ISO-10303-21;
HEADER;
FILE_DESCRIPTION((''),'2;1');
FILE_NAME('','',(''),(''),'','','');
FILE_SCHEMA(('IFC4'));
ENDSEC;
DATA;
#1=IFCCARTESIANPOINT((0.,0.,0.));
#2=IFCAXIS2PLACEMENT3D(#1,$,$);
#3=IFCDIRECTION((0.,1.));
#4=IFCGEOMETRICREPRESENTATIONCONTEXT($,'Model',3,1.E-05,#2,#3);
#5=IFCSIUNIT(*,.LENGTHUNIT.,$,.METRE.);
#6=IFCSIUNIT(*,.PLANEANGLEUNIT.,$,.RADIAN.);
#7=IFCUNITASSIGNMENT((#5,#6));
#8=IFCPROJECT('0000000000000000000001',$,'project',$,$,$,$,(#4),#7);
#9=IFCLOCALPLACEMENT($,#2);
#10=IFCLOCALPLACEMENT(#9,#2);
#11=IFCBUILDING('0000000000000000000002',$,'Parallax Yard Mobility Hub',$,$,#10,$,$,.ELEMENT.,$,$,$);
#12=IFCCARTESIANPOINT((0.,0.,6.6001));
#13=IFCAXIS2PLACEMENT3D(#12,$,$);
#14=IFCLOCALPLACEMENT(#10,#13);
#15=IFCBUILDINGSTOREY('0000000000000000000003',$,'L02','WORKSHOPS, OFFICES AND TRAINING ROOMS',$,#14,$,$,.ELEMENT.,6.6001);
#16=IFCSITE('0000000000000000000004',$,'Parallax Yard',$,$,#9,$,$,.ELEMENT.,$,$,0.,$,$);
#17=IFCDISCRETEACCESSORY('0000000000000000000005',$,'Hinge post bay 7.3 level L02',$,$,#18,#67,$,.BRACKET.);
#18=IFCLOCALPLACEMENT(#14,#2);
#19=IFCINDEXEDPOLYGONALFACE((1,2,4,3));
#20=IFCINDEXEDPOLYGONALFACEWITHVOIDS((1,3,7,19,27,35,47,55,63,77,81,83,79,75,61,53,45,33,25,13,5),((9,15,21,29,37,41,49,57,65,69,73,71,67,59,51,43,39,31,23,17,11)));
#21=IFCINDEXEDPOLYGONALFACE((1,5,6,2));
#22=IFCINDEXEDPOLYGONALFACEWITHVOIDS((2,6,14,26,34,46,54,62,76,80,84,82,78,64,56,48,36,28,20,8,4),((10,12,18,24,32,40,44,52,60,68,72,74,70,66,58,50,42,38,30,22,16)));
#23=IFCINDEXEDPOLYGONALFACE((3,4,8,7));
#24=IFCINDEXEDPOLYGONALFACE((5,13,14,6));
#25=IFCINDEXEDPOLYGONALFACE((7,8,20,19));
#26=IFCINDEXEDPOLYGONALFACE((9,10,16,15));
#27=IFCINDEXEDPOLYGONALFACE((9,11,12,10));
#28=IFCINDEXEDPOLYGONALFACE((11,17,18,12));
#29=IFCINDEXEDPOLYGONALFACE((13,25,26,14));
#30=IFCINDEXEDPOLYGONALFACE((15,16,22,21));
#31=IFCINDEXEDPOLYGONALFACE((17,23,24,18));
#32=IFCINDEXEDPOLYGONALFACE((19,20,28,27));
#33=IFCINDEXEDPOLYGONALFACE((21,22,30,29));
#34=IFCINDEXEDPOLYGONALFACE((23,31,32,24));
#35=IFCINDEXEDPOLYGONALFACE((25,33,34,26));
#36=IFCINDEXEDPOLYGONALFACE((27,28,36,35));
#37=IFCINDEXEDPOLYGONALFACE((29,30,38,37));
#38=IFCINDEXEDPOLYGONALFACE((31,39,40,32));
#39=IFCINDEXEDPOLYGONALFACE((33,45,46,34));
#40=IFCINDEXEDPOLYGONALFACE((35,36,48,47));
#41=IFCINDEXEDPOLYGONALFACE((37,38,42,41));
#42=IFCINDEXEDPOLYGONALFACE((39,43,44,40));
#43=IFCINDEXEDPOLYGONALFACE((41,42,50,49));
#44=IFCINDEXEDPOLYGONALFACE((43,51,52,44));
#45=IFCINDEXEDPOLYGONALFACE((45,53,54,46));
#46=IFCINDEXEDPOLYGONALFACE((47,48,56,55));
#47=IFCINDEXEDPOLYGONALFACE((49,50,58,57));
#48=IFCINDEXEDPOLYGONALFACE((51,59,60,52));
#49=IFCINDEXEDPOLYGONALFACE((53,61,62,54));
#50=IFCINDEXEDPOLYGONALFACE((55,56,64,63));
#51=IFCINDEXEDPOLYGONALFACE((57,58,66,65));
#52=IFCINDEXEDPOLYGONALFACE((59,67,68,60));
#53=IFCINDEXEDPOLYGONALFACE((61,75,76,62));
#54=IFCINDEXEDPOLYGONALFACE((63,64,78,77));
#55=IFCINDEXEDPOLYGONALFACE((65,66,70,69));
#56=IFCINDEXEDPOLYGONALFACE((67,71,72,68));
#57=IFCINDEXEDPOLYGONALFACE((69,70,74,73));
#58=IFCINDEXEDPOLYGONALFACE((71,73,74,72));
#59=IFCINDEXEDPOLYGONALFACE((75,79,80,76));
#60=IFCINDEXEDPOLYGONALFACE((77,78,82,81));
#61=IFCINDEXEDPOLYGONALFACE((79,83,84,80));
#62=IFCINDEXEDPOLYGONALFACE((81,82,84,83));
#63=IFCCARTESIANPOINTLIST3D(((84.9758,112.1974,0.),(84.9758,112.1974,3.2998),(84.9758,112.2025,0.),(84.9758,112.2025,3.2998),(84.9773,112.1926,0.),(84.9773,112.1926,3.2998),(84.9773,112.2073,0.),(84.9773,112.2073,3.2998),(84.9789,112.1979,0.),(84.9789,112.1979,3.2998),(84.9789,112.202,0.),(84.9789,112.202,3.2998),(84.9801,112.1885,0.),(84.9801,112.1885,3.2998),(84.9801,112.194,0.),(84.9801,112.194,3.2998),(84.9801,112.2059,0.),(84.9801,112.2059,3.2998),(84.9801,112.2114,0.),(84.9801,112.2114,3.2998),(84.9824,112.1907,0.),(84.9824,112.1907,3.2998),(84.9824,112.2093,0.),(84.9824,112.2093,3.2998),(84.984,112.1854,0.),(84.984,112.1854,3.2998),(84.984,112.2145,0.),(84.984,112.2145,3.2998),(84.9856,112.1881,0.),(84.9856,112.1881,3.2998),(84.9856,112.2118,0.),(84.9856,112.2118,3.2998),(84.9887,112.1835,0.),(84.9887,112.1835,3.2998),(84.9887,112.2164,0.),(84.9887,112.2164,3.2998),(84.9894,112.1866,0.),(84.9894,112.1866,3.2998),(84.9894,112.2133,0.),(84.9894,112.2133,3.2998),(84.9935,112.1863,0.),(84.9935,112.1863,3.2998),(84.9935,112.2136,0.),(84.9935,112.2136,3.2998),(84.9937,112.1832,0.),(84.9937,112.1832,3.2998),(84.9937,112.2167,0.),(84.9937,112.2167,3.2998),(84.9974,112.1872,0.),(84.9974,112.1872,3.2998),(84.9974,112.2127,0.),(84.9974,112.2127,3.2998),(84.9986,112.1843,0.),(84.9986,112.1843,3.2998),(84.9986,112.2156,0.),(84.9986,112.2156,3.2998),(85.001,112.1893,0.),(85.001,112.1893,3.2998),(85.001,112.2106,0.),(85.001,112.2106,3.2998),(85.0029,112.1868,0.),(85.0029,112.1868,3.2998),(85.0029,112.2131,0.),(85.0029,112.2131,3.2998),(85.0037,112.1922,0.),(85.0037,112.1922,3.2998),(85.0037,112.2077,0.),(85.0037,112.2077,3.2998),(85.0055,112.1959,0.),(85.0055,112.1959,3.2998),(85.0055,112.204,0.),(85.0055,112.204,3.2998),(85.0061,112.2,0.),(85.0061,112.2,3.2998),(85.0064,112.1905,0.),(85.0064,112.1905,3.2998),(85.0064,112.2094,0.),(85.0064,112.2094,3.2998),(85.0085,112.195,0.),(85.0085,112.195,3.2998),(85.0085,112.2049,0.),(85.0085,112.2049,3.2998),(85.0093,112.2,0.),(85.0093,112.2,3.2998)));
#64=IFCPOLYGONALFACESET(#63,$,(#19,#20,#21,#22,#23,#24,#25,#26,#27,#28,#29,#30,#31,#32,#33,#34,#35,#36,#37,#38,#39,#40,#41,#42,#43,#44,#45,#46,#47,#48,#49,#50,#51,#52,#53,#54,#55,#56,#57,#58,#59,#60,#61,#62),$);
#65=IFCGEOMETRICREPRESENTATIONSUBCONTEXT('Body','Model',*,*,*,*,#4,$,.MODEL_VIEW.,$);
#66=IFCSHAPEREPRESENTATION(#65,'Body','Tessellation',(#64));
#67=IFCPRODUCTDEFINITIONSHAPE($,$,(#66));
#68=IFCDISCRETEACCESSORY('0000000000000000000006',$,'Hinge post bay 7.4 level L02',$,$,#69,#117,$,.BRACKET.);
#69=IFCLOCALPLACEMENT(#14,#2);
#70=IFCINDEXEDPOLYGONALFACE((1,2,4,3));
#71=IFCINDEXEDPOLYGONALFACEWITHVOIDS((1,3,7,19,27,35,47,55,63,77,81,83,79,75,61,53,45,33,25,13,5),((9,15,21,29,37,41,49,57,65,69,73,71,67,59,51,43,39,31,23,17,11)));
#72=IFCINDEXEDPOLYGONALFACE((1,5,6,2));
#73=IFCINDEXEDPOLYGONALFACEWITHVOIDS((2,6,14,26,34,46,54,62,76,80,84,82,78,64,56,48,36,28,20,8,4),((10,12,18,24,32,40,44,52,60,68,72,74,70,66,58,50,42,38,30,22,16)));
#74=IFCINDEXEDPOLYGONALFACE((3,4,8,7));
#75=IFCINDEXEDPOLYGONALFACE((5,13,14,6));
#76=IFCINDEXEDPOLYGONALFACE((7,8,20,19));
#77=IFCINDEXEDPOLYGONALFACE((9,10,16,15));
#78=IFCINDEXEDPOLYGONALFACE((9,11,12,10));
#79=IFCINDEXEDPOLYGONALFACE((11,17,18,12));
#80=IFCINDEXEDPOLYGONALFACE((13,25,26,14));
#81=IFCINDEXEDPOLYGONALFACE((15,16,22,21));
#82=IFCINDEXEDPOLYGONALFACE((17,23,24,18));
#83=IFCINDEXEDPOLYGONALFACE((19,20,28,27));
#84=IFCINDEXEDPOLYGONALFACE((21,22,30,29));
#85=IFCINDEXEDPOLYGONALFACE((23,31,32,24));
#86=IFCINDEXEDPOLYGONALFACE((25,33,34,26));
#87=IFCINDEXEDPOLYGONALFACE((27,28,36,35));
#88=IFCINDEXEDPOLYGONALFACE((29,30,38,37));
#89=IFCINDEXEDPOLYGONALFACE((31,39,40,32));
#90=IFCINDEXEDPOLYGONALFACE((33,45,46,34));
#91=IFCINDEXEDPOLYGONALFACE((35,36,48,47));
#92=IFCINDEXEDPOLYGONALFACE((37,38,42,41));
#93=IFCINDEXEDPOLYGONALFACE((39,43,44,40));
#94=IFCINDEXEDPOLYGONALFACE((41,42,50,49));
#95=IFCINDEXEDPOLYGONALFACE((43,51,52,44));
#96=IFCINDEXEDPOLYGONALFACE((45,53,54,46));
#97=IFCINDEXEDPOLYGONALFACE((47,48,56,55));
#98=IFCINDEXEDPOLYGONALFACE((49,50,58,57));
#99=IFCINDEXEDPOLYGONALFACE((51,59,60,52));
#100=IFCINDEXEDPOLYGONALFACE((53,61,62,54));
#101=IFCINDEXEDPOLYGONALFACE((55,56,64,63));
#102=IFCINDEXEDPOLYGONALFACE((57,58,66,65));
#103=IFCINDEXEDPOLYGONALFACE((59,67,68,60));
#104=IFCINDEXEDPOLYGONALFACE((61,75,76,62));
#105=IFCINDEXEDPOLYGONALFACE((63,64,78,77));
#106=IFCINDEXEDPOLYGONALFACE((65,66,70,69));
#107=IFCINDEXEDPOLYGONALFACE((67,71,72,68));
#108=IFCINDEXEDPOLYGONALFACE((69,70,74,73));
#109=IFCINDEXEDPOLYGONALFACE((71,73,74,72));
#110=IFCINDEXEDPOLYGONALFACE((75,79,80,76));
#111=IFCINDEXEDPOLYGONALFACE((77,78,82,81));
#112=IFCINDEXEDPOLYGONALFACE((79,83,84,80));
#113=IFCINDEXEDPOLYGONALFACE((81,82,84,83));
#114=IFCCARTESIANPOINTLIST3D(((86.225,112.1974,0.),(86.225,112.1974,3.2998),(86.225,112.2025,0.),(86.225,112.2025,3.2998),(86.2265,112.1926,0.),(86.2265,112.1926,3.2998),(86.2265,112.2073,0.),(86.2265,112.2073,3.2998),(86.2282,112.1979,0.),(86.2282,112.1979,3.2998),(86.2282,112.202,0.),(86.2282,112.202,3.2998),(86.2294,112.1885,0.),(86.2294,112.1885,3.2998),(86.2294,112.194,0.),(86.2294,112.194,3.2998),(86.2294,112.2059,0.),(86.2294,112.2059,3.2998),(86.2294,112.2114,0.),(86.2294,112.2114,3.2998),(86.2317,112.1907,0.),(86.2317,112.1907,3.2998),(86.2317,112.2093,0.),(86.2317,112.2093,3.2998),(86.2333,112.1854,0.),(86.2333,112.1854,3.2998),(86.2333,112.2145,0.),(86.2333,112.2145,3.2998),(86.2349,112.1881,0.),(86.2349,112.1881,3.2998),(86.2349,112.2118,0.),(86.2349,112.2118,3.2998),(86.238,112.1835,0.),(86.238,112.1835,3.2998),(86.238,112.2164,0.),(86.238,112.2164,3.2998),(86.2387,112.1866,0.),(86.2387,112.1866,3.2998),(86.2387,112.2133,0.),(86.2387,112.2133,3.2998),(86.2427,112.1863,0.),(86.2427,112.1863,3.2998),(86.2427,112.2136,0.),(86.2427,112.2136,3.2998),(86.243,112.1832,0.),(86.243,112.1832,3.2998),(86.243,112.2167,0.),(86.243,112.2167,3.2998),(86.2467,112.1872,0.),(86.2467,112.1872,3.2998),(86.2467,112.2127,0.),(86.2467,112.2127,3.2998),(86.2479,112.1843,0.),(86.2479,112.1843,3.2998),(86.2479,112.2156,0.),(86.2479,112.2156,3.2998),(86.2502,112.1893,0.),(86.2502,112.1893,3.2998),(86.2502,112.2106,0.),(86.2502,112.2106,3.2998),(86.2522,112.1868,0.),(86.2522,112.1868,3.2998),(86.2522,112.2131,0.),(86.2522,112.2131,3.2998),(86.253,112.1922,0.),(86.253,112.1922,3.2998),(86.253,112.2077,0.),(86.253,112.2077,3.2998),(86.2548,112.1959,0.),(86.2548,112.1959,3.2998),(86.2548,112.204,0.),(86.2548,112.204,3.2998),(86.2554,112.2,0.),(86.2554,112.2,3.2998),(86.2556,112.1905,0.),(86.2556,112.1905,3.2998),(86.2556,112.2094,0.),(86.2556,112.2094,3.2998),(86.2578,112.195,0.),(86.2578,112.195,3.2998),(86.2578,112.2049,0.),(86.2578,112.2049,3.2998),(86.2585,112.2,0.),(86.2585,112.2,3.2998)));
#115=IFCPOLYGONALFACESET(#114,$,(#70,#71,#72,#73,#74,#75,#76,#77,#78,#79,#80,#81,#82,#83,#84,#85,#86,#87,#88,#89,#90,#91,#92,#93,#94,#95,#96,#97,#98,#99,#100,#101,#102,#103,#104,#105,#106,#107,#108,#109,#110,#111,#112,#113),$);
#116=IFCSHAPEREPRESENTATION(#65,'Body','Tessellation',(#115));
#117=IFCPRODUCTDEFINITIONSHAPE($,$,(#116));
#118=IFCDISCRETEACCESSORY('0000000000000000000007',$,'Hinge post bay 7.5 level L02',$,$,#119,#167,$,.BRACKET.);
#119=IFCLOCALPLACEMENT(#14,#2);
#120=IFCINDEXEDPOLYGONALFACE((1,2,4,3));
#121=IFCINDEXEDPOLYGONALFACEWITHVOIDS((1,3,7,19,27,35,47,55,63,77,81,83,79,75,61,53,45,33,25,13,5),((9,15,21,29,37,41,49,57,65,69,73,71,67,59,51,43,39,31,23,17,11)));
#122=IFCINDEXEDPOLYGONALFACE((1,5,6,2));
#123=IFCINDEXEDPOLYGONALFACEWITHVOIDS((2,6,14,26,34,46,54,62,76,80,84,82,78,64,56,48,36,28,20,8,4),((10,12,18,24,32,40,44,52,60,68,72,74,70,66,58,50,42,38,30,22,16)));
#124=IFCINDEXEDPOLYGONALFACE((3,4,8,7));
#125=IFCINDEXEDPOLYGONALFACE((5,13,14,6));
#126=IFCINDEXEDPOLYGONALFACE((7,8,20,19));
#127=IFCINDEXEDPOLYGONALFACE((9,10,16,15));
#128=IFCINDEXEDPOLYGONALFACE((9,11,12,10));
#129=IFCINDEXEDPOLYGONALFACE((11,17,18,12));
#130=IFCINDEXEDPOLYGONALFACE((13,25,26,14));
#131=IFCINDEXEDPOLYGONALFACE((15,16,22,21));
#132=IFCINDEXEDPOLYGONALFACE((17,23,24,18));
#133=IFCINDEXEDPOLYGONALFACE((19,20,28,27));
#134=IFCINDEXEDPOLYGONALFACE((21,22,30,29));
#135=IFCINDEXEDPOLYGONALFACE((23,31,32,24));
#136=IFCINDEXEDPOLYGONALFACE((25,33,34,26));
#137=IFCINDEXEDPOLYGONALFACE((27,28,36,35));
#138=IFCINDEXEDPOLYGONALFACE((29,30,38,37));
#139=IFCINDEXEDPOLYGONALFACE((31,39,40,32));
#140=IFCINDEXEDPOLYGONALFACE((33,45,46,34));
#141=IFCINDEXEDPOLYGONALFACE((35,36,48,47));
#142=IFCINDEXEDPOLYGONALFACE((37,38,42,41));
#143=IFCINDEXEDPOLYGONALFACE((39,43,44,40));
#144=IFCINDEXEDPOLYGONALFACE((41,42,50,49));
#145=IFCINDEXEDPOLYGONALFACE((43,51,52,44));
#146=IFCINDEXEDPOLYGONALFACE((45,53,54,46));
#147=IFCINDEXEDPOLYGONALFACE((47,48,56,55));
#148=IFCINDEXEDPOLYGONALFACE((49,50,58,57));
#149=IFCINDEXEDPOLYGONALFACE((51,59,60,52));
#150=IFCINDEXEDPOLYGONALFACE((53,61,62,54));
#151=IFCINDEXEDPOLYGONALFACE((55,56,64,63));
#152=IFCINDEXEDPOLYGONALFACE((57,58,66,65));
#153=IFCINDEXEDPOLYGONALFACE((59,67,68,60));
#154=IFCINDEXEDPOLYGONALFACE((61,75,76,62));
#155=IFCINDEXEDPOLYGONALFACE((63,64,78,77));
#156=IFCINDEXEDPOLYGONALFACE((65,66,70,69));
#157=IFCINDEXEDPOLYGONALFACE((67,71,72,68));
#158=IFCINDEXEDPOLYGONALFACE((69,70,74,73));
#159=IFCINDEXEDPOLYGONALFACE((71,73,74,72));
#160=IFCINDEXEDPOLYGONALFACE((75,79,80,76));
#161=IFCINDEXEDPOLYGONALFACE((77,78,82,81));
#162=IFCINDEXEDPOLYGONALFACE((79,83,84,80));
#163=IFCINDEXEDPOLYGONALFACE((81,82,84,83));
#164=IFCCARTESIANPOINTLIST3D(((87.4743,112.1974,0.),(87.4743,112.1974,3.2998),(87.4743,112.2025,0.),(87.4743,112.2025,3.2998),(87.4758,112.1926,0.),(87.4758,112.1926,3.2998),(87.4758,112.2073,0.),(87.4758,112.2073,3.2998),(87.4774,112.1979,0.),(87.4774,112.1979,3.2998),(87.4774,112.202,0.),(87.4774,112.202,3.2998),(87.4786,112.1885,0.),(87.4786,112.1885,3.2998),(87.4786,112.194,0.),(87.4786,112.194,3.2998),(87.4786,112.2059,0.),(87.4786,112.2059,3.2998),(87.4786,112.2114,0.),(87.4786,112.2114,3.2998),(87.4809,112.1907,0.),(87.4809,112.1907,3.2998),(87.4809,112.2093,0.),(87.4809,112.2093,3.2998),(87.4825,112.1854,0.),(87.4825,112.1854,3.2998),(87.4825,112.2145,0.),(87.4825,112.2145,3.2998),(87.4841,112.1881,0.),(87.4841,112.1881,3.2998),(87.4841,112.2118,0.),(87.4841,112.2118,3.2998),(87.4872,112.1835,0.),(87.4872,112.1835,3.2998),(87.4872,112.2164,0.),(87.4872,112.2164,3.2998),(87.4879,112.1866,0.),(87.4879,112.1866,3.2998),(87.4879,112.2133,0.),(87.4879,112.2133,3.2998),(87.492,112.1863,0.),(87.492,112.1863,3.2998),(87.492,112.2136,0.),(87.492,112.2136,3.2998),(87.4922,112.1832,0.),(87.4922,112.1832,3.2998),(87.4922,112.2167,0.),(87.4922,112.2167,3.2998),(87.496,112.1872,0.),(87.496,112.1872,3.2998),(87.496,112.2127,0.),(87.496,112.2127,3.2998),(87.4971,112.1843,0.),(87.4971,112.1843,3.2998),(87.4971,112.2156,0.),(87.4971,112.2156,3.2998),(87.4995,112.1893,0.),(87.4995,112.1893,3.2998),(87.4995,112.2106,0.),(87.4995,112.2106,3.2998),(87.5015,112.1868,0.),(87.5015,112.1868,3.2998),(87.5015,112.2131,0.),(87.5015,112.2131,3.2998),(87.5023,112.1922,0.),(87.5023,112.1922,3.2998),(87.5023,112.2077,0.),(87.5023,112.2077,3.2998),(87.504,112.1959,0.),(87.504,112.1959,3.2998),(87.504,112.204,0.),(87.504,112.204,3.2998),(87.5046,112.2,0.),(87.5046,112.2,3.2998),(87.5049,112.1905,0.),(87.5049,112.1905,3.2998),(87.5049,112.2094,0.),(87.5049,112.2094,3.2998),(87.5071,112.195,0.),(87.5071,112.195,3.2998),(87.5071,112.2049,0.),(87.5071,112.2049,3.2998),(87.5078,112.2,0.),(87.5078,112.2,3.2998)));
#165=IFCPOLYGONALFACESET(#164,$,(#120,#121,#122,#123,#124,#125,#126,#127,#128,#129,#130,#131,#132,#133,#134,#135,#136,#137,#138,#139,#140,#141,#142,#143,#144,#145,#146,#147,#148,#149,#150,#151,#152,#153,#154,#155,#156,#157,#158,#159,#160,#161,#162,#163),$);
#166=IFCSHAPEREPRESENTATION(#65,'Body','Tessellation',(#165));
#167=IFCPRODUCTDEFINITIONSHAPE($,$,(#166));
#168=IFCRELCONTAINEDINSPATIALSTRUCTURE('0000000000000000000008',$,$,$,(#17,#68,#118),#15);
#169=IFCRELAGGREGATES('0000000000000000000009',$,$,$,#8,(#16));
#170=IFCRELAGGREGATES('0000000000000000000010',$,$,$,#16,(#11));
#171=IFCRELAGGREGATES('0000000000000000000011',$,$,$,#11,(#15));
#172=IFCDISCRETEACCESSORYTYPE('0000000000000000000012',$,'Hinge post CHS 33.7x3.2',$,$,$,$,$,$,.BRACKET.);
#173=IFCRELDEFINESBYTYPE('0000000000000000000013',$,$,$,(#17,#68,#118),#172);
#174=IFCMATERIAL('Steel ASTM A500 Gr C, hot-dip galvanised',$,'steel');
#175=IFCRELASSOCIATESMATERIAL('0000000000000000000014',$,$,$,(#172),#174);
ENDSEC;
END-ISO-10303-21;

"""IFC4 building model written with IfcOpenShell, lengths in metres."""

from ifc_helpers import new_model, si_unit, direction, frame, origin, origin_2d, place, context, subcontext, project, spatial, hollow_circle, extrude, material, material_profile, profile_set, type_object, element, save


model = new_model("IFC4")

# Units and contexts
model_context = context("Model", 3, precision=1e-05, world=origin(), true_north=direction((0.0, 1.0)))
body_context = subcontext(model_context, "Body", "Model", "MODEL_VIEW")
ifc_project = project(units=[si_unit("LENGTHUNIT", "METRE"), si_unit("PLANEANGLEUNIT", "RADIAN")], contexts=[model_context])

# Site, building, storey
site_placement = place(None, origin())
site = spatial("IfcSite", under=ifc_project, at=site_placement, Name="Parallax Yard", CompositionType="ELEMENT", RefElevation=0.0)
building_placement = place(site_placement, origin())
building = spatial("IfcBuilding", under=site, at=building_placement, Name="Parallax Yard Mobility Hub", CompositionType="ELEMENT")
storey_placement = place(building_placement, frame((0.0, 0.0, 6.6001)))
storey = spatial("IfcBuildingStorey", under=building, at=storey_placement, Name="L02", Description="WORKSHOPS, OFFICES AND TRAINING ROOMS", CompositionType="ELEMENT", Elevation=6.6001)

# Discrete accessories
ifc_material_1 = material(Name="Steel ASTM A500 Gr C, hot-dip galvanised", Category="steel")
ifc_material_profile_1 = material_profile(ifc_material_1, hollow_circle(Radius=0.0168, WallThickness=0.0032, at=origin_2d()), Name="CHS 33.7x3.2")
ifc_profile_set_1 = profile_set([ifc_material_profile_1], Name="Steel ASTM A500 Gr C, hot-dip galvanised")
discrete_accessory_type_1 = type_object("IfcDiscreteAccessoryType", Name="Hinge post CHS 33.7x3.2", PredefinedType="BRACKET", material=ifc_profile_set_1)
for number, where, z_axis, x_axis, name in (
    (1, (84.9924, 112.2, 0.0), (0.0, 0.0, 1.0), (1.0, 0.0, 0.0), "Hinge post bay 7.3 level L02"),
    (2, (86.2417, 112.2, 0.0), (0.0, 0.0, 1.0), (1.0, 0.0, 0.0), "Hinge post bay 7.4 level L02"),
    (3, (87.491, 112.2, 0.0), (0.0, 0.0, 1.0), (1.0, 0.0, 0.0), "Hinge post bay 7.5 level L02"),
):
    element("IfcDiscreteAccessory", number, at=place(storey_placement, frame(where, z_axis=z_axis, x_axis=x_axis)), inside=storey, type_object=discrete_accessory_type_1, Name=name, PredefinedType="BRACKET", context=body_context, shape_type="SweptSolid", body=[
        extrude(hollow_circle(Radius=0.0168, WallThickness=0.0032, at=origin_2d()), origin(), (0.0, 0.0, 1.0), 3.2998),
    ])

save(model, "model.ifc")
